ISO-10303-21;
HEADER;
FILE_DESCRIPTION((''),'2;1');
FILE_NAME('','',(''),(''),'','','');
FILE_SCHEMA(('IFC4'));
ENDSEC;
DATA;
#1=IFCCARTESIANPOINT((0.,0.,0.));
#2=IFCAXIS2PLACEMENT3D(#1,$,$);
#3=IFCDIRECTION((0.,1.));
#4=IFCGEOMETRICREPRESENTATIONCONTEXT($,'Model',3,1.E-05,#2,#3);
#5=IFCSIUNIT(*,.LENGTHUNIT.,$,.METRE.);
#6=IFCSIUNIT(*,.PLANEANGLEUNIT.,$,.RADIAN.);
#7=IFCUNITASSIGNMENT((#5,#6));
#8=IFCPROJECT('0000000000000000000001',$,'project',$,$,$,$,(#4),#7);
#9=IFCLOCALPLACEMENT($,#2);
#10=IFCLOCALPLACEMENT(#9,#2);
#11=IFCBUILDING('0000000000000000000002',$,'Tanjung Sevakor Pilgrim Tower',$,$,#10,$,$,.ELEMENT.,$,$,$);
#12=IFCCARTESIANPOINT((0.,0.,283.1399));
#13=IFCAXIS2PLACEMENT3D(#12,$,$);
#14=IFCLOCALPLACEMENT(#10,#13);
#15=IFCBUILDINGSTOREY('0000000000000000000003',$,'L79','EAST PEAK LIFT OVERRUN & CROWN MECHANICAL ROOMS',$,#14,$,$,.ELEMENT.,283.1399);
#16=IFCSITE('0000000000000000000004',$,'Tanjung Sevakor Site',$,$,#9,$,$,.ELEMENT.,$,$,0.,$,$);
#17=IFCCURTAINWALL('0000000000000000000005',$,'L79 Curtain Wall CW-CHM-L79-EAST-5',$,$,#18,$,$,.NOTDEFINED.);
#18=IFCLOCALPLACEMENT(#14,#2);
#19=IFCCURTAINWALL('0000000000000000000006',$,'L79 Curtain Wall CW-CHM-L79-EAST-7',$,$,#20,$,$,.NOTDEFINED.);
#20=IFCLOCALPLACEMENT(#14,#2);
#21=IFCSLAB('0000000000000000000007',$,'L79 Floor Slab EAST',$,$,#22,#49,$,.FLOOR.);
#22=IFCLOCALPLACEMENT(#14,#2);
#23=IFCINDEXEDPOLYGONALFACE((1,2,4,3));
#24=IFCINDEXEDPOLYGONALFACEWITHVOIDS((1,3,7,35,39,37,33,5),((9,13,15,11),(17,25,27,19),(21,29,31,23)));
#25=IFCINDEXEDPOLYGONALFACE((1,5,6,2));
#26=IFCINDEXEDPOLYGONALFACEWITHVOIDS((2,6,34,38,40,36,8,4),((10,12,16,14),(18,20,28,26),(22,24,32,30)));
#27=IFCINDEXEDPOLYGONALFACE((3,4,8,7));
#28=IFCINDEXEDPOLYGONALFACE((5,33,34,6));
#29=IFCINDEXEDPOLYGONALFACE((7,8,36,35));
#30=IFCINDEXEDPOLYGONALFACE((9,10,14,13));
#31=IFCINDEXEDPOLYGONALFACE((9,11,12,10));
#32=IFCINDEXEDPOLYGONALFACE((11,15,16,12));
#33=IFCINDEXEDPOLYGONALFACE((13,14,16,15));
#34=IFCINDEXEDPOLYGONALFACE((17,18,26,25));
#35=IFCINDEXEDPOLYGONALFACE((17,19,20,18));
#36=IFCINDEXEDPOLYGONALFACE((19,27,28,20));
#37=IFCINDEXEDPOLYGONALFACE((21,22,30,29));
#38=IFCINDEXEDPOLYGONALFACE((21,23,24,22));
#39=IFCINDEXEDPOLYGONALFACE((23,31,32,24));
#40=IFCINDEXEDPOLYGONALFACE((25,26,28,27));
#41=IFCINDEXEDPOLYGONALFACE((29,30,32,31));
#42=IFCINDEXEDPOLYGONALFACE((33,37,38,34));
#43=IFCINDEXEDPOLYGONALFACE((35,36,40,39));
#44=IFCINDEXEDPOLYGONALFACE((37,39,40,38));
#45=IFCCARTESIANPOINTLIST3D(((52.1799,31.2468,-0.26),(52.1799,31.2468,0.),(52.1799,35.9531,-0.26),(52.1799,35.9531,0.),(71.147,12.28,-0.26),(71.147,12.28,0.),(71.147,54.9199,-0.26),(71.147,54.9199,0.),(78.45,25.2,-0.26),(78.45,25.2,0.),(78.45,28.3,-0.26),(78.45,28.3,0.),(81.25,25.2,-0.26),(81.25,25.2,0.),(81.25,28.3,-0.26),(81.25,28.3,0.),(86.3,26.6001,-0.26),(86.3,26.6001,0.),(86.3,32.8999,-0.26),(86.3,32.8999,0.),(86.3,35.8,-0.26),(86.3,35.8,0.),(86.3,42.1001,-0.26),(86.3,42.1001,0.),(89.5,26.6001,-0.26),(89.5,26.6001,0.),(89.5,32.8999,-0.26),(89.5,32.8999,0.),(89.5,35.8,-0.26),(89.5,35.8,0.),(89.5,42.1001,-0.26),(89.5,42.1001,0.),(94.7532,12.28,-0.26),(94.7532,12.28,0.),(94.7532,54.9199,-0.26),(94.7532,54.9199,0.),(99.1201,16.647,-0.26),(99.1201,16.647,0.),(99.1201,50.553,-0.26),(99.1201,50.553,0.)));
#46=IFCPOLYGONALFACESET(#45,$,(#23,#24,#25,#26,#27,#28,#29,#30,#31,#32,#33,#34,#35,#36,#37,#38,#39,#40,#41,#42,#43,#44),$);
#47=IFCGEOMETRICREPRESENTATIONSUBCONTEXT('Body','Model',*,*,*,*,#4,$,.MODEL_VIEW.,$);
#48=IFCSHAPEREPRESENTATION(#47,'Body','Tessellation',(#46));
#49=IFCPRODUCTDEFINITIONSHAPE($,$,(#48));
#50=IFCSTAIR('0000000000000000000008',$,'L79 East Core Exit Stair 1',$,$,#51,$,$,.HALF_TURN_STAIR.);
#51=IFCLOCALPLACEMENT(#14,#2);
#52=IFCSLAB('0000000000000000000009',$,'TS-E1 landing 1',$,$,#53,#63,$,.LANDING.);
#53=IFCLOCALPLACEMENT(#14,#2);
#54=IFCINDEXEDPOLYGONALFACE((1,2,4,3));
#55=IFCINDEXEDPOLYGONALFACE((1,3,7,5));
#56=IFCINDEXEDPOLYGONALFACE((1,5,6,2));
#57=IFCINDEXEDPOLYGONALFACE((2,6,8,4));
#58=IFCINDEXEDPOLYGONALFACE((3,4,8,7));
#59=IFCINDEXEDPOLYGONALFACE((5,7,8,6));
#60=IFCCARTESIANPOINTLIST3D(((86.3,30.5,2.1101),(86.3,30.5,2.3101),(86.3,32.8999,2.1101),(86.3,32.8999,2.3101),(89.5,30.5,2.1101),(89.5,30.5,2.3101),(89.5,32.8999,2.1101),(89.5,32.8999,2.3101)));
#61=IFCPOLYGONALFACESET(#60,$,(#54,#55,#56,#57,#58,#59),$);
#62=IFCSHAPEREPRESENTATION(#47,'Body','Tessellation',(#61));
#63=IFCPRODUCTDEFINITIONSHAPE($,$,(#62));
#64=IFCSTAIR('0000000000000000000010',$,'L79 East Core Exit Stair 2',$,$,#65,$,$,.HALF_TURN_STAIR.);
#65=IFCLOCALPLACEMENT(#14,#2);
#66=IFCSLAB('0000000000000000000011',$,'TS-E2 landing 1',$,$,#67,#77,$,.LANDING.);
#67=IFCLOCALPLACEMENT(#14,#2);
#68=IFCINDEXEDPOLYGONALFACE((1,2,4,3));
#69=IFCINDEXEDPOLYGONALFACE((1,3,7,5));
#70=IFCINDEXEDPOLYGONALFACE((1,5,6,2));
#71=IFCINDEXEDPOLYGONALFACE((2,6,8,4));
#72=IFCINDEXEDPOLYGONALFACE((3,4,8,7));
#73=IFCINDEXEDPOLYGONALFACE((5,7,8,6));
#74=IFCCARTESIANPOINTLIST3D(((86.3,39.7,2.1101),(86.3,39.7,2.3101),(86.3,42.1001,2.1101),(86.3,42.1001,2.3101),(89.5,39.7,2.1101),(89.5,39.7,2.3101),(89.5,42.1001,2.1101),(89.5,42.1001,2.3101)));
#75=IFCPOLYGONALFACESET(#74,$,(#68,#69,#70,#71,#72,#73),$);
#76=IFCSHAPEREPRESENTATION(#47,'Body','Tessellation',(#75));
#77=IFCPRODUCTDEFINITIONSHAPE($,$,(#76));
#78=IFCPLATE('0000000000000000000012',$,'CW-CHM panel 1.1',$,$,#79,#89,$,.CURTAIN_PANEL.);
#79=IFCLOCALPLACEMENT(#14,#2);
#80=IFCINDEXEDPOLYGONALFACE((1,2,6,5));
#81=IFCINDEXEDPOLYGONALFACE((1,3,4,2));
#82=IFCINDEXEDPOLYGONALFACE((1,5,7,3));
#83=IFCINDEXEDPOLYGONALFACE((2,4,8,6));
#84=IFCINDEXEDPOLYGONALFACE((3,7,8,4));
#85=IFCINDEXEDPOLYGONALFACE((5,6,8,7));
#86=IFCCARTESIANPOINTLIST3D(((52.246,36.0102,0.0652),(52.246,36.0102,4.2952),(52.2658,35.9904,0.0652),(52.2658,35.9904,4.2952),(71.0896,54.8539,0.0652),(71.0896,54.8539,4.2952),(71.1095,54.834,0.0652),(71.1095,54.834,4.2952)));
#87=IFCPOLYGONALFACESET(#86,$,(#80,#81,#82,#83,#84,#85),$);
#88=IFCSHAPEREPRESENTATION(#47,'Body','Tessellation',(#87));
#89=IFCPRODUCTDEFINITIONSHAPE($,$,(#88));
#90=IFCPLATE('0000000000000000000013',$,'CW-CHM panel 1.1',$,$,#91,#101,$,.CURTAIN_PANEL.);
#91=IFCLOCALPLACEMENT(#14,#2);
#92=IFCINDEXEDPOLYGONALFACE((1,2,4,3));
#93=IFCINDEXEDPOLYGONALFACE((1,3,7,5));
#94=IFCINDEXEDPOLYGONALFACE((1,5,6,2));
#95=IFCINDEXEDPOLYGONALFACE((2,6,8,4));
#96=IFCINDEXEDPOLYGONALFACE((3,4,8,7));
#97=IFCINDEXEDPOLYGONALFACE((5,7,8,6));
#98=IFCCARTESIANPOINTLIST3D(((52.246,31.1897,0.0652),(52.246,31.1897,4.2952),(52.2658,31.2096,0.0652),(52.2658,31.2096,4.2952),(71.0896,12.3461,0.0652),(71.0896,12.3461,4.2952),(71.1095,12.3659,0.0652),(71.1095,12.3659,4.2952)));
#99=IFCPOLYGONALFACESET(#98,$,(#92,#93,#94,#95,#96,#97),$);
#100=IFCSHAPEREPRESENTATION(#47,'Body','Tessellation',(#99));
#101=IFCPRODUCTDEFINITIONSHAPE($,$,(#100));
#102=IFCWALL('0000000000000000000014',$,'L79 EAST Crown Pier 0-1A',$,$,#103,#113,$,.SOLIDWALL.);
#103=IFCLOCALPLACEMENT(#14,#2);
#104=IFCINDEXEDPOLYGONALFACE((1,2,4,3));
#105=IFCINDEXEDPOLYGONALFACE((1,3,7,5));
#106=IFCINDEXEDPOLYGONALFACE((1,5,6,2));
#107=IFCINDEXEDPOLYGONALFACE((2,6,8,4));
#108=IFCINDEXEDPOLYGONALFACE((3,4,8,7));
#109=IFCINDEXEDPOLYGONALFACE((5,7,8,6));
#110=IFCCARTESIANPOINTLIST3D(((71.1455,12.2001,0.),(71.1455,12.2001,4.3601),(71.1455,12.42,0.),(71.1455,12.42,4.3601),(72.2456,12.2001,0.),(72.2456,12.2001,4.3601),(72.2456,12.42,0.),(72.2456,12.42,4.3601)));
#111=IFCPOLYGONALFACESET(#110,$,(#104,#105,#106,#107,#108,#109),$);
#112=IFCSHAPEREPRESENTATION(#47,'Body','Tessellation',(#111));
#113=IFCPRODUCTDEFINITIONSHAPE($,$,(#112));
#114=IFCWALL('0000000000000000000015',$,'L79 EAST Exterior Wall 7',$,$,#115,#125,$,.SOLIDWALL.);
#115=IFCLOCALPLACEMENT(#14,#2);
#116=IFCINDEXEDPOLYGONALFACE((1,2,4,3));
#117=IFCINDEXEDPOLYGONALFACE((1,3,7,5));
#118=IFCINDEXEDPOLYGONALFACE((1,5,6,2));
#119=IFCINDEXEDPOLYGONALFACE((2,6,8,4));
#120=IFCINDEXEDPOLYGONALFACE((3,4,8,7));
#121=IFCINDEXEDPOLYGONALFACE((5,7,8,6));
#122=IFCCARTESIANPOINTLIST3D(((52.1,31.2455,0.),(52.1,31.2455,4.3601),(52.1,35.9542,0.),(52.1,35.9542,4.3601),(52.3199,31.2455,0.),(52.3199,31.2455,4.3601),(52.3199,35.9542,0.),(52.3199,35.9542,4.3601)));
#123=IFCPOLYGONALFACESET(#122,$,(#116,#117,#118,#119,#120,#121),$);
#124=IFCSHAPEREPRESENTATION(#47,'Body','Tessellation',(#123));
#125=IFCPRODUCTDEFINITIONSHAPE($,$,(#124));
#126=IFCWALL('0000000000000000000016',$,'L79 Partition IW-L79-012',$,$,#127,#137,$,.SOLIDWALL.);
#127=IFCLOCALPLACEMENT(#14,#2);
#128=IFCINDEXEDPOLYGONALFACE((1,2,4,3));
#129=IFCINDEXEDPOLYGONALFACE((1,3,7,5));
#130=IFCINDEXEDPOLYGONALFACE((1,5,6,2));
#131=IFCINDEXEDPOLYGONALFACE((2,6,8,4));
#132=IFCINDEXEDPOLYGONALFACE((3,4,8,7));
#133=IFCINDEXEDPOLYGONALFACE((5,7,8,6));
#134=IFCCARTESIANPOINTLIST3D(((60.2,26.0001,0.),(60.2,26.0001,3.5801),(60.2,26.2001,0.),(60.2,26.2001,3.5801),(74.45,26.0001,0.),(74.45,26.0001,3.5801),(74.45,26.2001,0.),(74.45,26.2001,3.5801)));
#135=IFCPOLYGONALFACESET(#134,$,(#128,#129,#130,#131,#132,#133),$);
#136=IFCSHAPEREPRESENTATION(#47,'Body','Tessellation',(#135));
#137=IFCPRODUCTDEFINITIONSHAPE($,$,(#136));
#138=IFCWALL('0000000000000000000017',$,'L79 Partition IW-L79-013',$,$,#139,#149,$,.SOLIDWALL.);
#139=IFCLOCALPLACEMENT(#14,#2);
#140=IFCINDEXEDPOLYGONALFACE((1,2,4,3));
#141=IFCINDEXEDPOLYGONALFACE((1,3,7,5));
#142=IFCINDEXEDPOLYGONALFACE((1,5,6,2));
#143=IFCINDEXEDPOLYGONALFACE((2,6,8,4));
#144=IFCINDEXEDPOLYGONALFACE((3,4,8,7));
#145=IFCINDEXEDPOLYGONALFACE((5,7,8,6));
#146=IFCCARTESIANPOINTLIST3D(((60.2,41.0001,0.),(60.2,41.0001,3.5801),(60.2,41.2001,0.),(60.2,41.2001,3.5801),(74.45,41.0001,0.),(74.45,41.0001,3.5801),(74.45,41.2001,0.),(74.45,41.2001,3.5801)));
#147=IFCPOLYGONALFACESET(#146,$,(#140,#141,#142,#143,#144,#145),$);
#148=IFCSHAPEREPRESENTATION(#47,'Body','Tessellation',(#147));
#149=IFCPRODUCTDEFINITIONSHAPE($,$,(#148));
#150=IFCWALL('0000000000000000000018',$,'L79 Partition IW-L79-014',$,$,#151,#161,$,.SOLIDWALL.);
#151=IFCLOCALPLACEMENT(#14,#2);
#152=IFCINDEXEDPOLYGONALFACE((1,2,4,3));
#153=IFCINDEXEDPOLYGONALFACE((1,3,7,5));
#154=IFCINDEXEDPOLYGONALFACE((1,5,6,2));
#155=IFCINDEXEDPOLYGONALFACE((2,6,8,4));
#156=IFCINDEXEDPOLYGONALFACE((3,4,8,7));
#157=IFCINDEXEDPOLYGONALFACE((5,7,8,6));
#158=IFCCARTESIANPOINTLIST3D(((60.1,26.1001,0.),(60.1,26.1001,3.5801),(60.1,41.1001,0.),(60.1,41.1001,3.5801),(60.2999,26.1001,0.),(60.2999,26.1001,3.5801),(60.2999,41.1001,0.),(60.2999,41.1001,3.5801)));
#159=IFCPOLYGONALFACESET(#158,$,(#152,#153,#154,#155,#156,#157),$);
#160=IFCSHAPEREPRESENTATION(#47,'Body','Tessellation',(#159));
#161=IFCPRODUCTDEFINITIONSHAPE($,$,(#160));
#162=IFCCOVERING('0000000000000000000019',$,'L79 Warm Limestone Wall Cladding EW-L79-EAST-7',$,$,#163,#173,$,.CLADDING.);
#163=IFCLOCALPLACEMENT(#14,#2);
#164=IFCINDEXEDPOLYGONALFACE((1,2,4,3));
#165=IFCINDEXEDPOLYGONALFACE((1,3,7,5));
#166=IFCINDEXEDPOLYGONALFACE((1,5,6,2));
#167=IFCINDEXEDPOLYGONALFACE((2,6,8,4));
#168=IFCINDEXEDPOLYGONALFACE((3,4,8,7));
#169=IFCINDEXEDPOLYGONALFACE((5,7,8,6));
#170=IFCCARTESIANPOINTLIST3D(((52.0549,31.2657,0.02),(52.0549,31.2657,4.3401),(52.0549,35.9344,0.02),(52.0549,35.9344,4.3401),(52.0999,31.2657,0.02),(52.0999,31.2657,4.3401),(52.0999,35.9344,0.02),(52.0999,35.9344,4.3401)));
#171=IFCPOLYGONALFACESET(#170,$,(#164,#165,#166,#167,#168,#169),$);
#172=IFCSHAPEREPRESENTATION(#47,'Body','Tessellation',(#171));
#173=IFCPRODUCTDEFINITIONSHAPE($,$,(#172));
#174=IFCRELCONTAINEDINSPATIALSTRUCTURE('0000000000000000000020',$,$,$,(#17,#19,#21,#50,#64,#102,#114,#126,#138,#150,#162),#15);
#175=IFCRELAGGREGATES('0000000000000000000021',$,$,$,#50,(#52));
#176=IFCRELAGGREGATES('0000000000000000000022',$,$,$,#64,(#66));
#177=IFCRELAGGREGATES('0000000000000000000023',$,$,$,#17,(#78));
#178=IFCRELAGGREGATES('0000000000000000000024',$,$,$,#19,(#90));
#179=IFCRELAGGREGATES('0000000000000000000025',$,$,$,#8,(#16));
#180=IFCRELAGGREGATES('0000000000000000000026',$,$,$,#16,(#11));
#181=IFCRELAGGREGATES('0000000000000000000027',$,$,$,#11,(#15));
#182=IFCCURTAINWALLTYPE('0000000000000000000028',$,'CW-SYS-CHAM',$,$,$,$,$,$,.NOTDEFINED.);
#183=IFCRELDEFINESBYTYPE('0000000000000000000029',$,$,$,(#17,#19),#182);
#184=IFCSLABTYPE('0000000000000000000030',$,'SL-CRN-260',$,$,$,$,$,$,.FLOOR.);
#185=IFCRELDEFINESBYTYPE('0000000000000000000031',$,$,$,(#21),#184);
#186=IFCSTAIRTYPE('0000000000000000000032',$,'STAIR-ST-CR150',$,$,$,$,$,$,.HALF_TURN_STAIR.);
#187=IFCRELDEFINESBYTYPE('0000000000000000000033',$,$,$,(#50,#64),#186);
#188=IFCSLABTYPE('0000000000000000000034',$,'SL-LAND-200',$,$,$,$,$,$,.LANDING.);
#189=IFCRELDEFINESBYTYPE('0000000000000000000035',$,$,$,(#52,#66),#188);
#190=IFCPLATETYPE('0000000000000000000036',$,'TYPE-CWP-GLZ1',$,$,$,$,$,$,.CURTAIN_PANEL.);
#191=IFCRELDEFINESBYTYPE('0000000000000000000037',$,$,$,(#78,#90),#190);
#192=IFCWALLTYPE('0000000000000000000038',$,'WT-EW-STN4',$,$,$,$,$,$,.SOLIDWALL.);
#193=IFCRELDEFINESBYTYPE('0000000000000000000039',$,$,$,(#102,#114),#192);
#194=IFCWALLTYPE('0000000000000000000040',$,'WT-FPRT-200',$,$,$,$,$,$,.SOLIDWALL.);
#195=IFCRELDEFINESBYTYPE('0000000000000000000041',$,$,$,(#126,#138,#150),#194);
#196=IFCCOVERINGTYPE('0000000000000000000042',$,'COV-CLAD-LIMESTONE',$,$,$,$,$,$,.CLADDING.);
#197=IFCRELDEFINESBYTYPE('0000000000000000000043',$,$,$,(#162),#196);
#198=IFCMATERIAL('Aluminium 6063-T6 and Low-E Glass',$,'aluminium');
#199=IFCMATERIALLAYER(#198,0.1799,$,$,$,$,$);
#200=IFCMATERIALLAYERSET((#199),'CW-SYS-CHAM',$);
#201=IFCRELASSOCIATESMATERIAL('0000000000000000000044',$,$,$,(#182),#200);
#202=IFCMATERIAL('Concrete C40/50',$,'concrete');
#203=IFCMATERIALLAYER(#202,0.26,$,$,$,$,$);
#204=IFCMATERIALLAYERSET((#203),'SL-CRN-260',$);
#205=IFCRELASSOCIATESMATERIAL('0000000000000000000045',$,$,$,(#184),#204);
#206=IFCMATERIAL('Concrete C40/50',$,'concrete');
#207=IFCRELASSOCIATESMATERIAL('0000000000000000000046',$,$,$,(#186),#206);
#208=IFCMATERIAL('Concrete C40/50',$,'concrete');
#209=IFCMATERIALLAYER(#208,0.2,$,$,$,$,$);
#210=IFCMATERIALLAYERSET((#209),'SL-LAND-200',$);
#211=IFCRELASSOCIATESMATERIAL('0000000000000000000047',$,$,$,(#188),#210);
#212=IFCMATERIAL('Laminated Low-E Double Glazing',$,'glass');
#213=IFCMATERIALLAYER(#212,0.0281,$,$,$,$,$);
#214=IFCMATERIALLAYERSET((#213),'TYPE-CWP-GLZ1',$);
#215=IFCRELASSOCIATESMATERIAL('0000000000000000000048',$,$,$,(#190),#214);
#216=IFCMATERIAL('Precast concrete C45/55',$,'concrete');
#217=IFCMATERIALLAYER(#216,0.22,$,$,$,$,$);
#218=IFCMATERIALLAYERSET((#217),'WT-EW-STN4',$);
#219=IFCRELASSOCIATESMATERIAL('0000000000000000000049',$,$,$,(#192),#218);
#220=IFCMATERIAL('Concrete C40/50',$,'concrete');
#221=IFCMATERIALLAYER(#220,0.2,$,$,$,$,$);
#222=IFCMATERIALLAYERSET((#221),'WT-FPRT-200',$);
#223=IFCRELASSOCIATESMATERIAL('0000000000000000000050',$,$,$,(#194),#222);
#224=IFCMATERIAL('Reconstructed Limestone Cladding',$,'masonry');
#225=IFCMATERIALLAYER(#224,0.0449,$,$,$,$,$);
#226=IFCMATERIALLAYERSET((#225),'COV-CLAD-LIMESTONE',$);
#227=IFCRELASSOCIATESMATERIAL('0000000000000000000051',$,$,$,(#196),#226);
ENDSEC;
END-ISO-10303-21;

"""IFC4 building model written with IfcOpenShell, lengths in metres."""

from ifc_helpers import new_model, si_unit, direction, frame, frame_2d, origin, origin_2d, place, context, subcontext, project, spatial, polyline, rectangle, outline, extrude, material, layer, layer_set, type_object, element, aggregate, save


model = new_model("IFC4")

# Units and contexts
model_context = context("Model", 3, precision=1e-05, world=origin(), true_north=direction((0.0, 1.0)))
body_context = subcontext(model_context, "Body", "Model", "MODEL_VIEW")
ifc_project = project(units=[si_unit("LENGTHUNIT", "METRE"), si_unit("PLANEANGLEUNIT", "RADIAN")], contexts=[model_context])

# Site, building, storey
site_placement = place(None, origin())
site = spatial("IfcSite", under=ifc_project, at=site_placement, Name="Tanjung Sevakor Site", CompositionType="ELEMENT", RefElevation=0.0)
building_placement = place(site_placement, origin())
building = spatial("IfcBuilding", under=site, at=building_placement, Name="Tanjung Sevakor Pilgrim Tower", CompositionType="ELEMENT")
storey_placement = place(building_placement, frame((0.0, 0.0, 283.1399)))
storey = spatial("IfcBuildingStorey", under=building, at=storey_placement, Name="L79", Description="EAST PEAK LIFT OVERRUN & CROWN MECHANICAL ROOMS", CompositionType="ELEMENT", Elevation=283.1399)

# Curtain walls
ifc_material_1 = material(Name="Aluminium 6063-T6 and Low-E Glass", Category="aluminium")
ifc_layer_1 = layer(ifc_material_1, 0.1799)
ifc_layer_set_1 = layer_set([ifc_layer_1], Name="CW-SYS-CHAM")
curtain_wall_type = type_object("IfcCurtainWallType", Name="CW-SYS-CHAM", PredefinedType="NOTDEFINED", material=ifc_layer_set_1)
curtain_wall_1_placement = place(storey_placement, origin())
curtain_wall_1 = element("IfcCurtainWall", 1, at=curtain_wall_1_placement, inside=storey, type_object=curtain_wall_type, Name="L79 Curtain Wall CW-CHM-L79-EAST-5", PredefinedType="NOTDEFINED")
curtain_wall_2_placement = place(storey_placement, origin())
curtain_wall_2 = element("IfcCurtainWall", 2, at=curtain_wall_2_placement, inside=storey, type_object=curtain_wall_type, Name="L79 Curtain Wall CW-CHM-L79-EAST-7", PredefinedType="NOTDEFINED")

# Slab
ifc_material_2 = material(Name="Concrete C40/50", Category="concrete")
ifc_layer_2 = layer(ifc_material_2, 0.26)
ifc_layer_set_2 = layer_set([ifc_layer_2], Name="SL-CRN-260")
slab_type_1 = type_object("IfcSlabType", Name="SL-CRN-260", PredefinedType="FLOOR", material=ifc_layer_set_2)
slab_1_placement = place(storey_placement, frame((0.0, 0.0, -0.26)))
element("IfcSlab", 3, at=slab_1_placement, inside=storey, type_object=slab_type_1, Name="L79 Floor Slab EAST", PredefinedType="FLOOR", context=body_context, shape_type="SweptSolid", body=[
    extrude(outline(polyline([(71.147, 12.28), (94.7532, 12.28), (99.1201, 16.647), (99.1201, 50.553), (94.7532, 54.9199), (71.147, 54.9199), (52.1799, 35.9531), (52.1799, 31.2468), (71.147, 12.28)]), holes=[polyline([(89.5, 26.6001), (89.5, 32.8999), (86.3, 32.8999), (86.3, 26.6001), (89.5, 26.6001)]), polyline([(89.5, 35.8), (89.5, 42.1001), (86.3, 42.1001), (86.3, 35.8), (89.5, 35.8)]), polyline([(78.45, 25.2), (81.25, 25.2), (81.25, 28.3), (78.45, 28.3), (78.45, 25.2)])]), origin(), (0.0, 0.0, 1.0), 0.26),
])

# Stairs, slabs
ifc_material_3 = material(Name="Concrete C40/50", Category="concrete")
stair_type = type_object("IfcStairType", Name="STAIR-ST-CR150", PredefinedType="HALF_TURN_STAIR", material=ifc_material_3)
stair_1_placement = place(storey_placement, origin())
stair_1 = element("IfcStair", 4, at=stair_1_placement, inside=storey, type_object=stair_type, Name="L79 East Core Exit Stair 1", PredefinedType="HALF_TURN_STAIR")
ifc_material_4 = material(Name="Concrete C40/50", Category="concrete")
ifc_layer_3 = layer(ifc_material_4, 0.2)
ifc_layer_set_3 = layer_set([ifc_layer_3], Name="SL-LAND-200")
slab_type_2 = type_object("IfcSlabType", Name="SL-LAND-200", PredefinedType="LANDING", material=ifc_layer_set_3)
slab_2_placement = place(storey_placement, frame((0.0, 0.0, 2.1101)))
slab_2 = element("IfcSlab", 5, at=slab_2_placement, type_object=slab_type_2, Name="TS-E1 landing 1", PredefinedType="LANDING", context=body_context, shape_type="SweptSolid", body=[
    extrude(outline(polyline([(89.5, 30.5), (89.5, 32.8999), (86.3, 32.8999), (86.3, 30.5), (89.5, 30.5)])), origin(), (0.0, 0.0, 1.0), 0.2),
])
aggregate(stair_1, [slab_2])
stair_2_placement = place(storey_placement, origin())
stair_2 = element("IfcStair", 6, at=stair_2_placement, inside=storey, type_object=stair_type, Name="L79 East Core Exit Stair 2", PredefinedType="HALF_TURN_STAIR")
slab_3_placement = place(storey_placement, frame((0.0, 0.0, 2.1101)))
slab_3 = element("IfcSlab", 7, at=slab_3_placement, type_object=slab_type_2, Name="TS-E2 landing 1", PredefinedType="LANDING", context=body_context, shape_type="SweptSolid", body=[
    extrude(outline(polyline([(89.5, 39.7), (89.5, 42.1001), (86.3, 42.1001), (86.3, 39.7), (89.5, 39.7)])), origin(), (0.0, 0.0, 1.0), 0.2),
])
aggregate(stair_2, [slab_3])

# Plates
ifc_material_5 = material(Name="Laminated Low-E Double Glazing", Category="glass")
ifc_layer_4 = layer(ifc_material_5, 0.0281)
ifc_layer_set_4 = layer_set([ifc_layer_4], Name="TYPE-CWP-GLZ1")
plate_type = type_object("IfcPlateType", Name="TYPE-CWP-GLZ1", PredefinedType="CURTAIN_PANEL", material=ifc_layer_set_4)
plate_1_placement = place(storey_placement, frame((61.6777, 45.4221, 0.0652), z_axis=(0.0, 0.0, 1.0), x_axis=(-0.707107, -0.707107, 0.0)))
plate_1 = element("IfcPlate", 8, at=plate_1_placement, type_object=plate_type, Name="CW-CHM panel 1.1", PredefinedType="CURTAIN_PANEL", context=body_context, shape_type="SweptSolid", body=[
    extrude(rectangle(XDim=26.6489, YDim=0.0281, at=origin_2d()), origin(), (0.0, 0.0, 1.0), 4.23),
])
aggregate(curtain_wall_1, [plate_1])
plate_2_placement = place(storey_placement, frame((61.6777, 21.7778, 0.0652), z_axis=(0.0, 0.0, 1.0), x_axis=(0.707107, -0.707107, 0.0)))
plate_2 = element("IfcPlate", 9, at=plate_2_placement, type_object=plate_type, Name="CW-CHM panel 1.1", PredefinedType="CURTAIN_PANEL", context=body_context, shape_type="SweptSolid", body=[
    extrude(rectangle(XDim=26.6489, YDim=0.0281, at=origin_2d()), origin(), (0.0, 0.0, 1.0), 4.23),
])
aggregate(curtain_wall_2, [plate_2])

# Walls
ifc_material_6 = material(Name="Precast concrete C45/55", Category="concrete")
ifc_layer_5 = layer(ifc_material_6, 0.22)
ifc_layer_set_5 = layer_set([ifc_layer_5], Name="WT-EW-STN4")
wall_type_1 = type_object("IfcWallType", Name="WT-EW-STN4", PredefinedType="SOLIDWALL", material=ifc_layer_set_5)
wall_1_placement = place(storey_placement, frame((71.1455, 12.3101, 0.0), z_axis=(0.0, 0.0, 1.0), x_axis=(1.0, 0.0, 0.0)))
element("IfcWall", 10, at=wall_1_placement, inside=storey, type_object=wall_type_1, Name="L79 EAST Crown Pier 0-1A", PredefinedType="SOLIDWALL", context=body_context, shape_type="SweptSolid", body=[
    extrude(rectangle(XDim=1.1001, YDim=0.22, at=frame_2d((0.55, 0.0))), origin(), (0.0, 0.0, 1.0), 4.3601),
])
wall_2_placement = place(storey_placement, frame((52.21, 35.9543, 0.0), z_axis=(0.0, 0.0, 1.0), x_axis=(0.0, -1.0, 0.0)))
element("IfcWall", 11, at=wall_2_placement, inside=storey, type_object=wall_type_1, Name="L79 EAST Exterior Wall 7", PredefinedType="SOLIDWALL", context=body_context, shape_type="SweptSolid", body=[
    extrude(rectangle(XDim=4.7087, YDim=0.22, at=frame_2d((2.3545, 0.0))), origin(), (0.0, 0.0, 1.0), 4.3601),
])
ifc_material_7 = material(Name="Concrete C40/50", Category="concrete")
ifc_layer_6 = layer(ifc_material_7, 0.2)
ifc_layer_set_6 = layer_set([ifc_layer_6], Name="WT-FPRT-200")
wall_type_2 = type_object("IfcWallType", Name="WT-FPRT-200", PredefinedType="SOLIDWALL", material=ifc_layer_set_6)
for number, where, z_axis, x_axis, name in (
    (12, (60.2, 26.1001, 0.0), (0.0, 0.0, 1.0), (1.0, 0.0, 0.0), "L79 Partition IW-L79-012"),
    (13, (60.2, 41.1001, 0.0), (0.0, 0.0, 1.0), (1.0, 0.0, 0.0), "L79 Partition IW-L79-013"),
):
    element("IfcWall", number, at=place(storey_placement, frame(where, z_axis=z_axis, x_axis=x_axis)), inside=storey, type_object=wall_type_2, Name=name, PredefinedType="SOLIDWALL", context=body_context, shape_type="SweptSolid", body=[
        extrude(rectangle(XDim=14.25, YDim=0.2, at=frame_2d((7.125, 0.0))), origin(), (0.0, 0.0, 1.0), 3.5801),
    ])
wall_3_placement = place(storey_placement, frame((60.2, 26.1001, 0.0), z_axis=(0.0, 0.0, 1.0), x_axis=(0.0, 1.0, 0.0)))
element("IfcWall", 14, at=wall_3_placement, inside=storey, type_object=wall_type_2, Name="L79 Partition IW-L79-014", PredefinedType="SOLIDWALL", context=body_context, shape_type="SweptSolid", body=[
    extrude(rectangle(XDim=15.0, YDim=0.2, at=frame_2d((7.5, 0.0))), origin(), (0.0, 0.0, 1.0), 3.5801),
])

# Covering
ifc_material_8 = material(Name="Reconstructed Limestone Cladding", Category="masonry")
ifc_layer_7 = layer(ifc_material_8, 0.0449)
ifc_layer_set_7 = layer_set([ifc_layer_7], Name="COV-CLAD-LIMESTONE")
covering_type = type_object("IfcCoveringType", Name="COV-CLAD-LIMESTONE", PredefinedType="CLADDING", material=ifc_layer_set_7)
covering_placement = place(storey_placement, frame((52.0774, 33.6001, 0.02), z_axis=(0.0, 0.0, 1.0), x_axis=(0.0, -1.0, 0.0)))
element("IfcCovering", 15, at=covering_placement, inside=storey, type_object=covering_type, Name="L79 Warm Limestone Wall Cladding EW-L79-EAST-7", PredefinedType="CLADDING", context=body_context, shape_type="SweptSolid", body=[
    extrude(rectangle(XDim=4.6687, YDim=0.0449, at=origin_2d()), origin(), (0.0, 0.0, 1.0), 4.3201),
])

save(model, "model.ifc")
